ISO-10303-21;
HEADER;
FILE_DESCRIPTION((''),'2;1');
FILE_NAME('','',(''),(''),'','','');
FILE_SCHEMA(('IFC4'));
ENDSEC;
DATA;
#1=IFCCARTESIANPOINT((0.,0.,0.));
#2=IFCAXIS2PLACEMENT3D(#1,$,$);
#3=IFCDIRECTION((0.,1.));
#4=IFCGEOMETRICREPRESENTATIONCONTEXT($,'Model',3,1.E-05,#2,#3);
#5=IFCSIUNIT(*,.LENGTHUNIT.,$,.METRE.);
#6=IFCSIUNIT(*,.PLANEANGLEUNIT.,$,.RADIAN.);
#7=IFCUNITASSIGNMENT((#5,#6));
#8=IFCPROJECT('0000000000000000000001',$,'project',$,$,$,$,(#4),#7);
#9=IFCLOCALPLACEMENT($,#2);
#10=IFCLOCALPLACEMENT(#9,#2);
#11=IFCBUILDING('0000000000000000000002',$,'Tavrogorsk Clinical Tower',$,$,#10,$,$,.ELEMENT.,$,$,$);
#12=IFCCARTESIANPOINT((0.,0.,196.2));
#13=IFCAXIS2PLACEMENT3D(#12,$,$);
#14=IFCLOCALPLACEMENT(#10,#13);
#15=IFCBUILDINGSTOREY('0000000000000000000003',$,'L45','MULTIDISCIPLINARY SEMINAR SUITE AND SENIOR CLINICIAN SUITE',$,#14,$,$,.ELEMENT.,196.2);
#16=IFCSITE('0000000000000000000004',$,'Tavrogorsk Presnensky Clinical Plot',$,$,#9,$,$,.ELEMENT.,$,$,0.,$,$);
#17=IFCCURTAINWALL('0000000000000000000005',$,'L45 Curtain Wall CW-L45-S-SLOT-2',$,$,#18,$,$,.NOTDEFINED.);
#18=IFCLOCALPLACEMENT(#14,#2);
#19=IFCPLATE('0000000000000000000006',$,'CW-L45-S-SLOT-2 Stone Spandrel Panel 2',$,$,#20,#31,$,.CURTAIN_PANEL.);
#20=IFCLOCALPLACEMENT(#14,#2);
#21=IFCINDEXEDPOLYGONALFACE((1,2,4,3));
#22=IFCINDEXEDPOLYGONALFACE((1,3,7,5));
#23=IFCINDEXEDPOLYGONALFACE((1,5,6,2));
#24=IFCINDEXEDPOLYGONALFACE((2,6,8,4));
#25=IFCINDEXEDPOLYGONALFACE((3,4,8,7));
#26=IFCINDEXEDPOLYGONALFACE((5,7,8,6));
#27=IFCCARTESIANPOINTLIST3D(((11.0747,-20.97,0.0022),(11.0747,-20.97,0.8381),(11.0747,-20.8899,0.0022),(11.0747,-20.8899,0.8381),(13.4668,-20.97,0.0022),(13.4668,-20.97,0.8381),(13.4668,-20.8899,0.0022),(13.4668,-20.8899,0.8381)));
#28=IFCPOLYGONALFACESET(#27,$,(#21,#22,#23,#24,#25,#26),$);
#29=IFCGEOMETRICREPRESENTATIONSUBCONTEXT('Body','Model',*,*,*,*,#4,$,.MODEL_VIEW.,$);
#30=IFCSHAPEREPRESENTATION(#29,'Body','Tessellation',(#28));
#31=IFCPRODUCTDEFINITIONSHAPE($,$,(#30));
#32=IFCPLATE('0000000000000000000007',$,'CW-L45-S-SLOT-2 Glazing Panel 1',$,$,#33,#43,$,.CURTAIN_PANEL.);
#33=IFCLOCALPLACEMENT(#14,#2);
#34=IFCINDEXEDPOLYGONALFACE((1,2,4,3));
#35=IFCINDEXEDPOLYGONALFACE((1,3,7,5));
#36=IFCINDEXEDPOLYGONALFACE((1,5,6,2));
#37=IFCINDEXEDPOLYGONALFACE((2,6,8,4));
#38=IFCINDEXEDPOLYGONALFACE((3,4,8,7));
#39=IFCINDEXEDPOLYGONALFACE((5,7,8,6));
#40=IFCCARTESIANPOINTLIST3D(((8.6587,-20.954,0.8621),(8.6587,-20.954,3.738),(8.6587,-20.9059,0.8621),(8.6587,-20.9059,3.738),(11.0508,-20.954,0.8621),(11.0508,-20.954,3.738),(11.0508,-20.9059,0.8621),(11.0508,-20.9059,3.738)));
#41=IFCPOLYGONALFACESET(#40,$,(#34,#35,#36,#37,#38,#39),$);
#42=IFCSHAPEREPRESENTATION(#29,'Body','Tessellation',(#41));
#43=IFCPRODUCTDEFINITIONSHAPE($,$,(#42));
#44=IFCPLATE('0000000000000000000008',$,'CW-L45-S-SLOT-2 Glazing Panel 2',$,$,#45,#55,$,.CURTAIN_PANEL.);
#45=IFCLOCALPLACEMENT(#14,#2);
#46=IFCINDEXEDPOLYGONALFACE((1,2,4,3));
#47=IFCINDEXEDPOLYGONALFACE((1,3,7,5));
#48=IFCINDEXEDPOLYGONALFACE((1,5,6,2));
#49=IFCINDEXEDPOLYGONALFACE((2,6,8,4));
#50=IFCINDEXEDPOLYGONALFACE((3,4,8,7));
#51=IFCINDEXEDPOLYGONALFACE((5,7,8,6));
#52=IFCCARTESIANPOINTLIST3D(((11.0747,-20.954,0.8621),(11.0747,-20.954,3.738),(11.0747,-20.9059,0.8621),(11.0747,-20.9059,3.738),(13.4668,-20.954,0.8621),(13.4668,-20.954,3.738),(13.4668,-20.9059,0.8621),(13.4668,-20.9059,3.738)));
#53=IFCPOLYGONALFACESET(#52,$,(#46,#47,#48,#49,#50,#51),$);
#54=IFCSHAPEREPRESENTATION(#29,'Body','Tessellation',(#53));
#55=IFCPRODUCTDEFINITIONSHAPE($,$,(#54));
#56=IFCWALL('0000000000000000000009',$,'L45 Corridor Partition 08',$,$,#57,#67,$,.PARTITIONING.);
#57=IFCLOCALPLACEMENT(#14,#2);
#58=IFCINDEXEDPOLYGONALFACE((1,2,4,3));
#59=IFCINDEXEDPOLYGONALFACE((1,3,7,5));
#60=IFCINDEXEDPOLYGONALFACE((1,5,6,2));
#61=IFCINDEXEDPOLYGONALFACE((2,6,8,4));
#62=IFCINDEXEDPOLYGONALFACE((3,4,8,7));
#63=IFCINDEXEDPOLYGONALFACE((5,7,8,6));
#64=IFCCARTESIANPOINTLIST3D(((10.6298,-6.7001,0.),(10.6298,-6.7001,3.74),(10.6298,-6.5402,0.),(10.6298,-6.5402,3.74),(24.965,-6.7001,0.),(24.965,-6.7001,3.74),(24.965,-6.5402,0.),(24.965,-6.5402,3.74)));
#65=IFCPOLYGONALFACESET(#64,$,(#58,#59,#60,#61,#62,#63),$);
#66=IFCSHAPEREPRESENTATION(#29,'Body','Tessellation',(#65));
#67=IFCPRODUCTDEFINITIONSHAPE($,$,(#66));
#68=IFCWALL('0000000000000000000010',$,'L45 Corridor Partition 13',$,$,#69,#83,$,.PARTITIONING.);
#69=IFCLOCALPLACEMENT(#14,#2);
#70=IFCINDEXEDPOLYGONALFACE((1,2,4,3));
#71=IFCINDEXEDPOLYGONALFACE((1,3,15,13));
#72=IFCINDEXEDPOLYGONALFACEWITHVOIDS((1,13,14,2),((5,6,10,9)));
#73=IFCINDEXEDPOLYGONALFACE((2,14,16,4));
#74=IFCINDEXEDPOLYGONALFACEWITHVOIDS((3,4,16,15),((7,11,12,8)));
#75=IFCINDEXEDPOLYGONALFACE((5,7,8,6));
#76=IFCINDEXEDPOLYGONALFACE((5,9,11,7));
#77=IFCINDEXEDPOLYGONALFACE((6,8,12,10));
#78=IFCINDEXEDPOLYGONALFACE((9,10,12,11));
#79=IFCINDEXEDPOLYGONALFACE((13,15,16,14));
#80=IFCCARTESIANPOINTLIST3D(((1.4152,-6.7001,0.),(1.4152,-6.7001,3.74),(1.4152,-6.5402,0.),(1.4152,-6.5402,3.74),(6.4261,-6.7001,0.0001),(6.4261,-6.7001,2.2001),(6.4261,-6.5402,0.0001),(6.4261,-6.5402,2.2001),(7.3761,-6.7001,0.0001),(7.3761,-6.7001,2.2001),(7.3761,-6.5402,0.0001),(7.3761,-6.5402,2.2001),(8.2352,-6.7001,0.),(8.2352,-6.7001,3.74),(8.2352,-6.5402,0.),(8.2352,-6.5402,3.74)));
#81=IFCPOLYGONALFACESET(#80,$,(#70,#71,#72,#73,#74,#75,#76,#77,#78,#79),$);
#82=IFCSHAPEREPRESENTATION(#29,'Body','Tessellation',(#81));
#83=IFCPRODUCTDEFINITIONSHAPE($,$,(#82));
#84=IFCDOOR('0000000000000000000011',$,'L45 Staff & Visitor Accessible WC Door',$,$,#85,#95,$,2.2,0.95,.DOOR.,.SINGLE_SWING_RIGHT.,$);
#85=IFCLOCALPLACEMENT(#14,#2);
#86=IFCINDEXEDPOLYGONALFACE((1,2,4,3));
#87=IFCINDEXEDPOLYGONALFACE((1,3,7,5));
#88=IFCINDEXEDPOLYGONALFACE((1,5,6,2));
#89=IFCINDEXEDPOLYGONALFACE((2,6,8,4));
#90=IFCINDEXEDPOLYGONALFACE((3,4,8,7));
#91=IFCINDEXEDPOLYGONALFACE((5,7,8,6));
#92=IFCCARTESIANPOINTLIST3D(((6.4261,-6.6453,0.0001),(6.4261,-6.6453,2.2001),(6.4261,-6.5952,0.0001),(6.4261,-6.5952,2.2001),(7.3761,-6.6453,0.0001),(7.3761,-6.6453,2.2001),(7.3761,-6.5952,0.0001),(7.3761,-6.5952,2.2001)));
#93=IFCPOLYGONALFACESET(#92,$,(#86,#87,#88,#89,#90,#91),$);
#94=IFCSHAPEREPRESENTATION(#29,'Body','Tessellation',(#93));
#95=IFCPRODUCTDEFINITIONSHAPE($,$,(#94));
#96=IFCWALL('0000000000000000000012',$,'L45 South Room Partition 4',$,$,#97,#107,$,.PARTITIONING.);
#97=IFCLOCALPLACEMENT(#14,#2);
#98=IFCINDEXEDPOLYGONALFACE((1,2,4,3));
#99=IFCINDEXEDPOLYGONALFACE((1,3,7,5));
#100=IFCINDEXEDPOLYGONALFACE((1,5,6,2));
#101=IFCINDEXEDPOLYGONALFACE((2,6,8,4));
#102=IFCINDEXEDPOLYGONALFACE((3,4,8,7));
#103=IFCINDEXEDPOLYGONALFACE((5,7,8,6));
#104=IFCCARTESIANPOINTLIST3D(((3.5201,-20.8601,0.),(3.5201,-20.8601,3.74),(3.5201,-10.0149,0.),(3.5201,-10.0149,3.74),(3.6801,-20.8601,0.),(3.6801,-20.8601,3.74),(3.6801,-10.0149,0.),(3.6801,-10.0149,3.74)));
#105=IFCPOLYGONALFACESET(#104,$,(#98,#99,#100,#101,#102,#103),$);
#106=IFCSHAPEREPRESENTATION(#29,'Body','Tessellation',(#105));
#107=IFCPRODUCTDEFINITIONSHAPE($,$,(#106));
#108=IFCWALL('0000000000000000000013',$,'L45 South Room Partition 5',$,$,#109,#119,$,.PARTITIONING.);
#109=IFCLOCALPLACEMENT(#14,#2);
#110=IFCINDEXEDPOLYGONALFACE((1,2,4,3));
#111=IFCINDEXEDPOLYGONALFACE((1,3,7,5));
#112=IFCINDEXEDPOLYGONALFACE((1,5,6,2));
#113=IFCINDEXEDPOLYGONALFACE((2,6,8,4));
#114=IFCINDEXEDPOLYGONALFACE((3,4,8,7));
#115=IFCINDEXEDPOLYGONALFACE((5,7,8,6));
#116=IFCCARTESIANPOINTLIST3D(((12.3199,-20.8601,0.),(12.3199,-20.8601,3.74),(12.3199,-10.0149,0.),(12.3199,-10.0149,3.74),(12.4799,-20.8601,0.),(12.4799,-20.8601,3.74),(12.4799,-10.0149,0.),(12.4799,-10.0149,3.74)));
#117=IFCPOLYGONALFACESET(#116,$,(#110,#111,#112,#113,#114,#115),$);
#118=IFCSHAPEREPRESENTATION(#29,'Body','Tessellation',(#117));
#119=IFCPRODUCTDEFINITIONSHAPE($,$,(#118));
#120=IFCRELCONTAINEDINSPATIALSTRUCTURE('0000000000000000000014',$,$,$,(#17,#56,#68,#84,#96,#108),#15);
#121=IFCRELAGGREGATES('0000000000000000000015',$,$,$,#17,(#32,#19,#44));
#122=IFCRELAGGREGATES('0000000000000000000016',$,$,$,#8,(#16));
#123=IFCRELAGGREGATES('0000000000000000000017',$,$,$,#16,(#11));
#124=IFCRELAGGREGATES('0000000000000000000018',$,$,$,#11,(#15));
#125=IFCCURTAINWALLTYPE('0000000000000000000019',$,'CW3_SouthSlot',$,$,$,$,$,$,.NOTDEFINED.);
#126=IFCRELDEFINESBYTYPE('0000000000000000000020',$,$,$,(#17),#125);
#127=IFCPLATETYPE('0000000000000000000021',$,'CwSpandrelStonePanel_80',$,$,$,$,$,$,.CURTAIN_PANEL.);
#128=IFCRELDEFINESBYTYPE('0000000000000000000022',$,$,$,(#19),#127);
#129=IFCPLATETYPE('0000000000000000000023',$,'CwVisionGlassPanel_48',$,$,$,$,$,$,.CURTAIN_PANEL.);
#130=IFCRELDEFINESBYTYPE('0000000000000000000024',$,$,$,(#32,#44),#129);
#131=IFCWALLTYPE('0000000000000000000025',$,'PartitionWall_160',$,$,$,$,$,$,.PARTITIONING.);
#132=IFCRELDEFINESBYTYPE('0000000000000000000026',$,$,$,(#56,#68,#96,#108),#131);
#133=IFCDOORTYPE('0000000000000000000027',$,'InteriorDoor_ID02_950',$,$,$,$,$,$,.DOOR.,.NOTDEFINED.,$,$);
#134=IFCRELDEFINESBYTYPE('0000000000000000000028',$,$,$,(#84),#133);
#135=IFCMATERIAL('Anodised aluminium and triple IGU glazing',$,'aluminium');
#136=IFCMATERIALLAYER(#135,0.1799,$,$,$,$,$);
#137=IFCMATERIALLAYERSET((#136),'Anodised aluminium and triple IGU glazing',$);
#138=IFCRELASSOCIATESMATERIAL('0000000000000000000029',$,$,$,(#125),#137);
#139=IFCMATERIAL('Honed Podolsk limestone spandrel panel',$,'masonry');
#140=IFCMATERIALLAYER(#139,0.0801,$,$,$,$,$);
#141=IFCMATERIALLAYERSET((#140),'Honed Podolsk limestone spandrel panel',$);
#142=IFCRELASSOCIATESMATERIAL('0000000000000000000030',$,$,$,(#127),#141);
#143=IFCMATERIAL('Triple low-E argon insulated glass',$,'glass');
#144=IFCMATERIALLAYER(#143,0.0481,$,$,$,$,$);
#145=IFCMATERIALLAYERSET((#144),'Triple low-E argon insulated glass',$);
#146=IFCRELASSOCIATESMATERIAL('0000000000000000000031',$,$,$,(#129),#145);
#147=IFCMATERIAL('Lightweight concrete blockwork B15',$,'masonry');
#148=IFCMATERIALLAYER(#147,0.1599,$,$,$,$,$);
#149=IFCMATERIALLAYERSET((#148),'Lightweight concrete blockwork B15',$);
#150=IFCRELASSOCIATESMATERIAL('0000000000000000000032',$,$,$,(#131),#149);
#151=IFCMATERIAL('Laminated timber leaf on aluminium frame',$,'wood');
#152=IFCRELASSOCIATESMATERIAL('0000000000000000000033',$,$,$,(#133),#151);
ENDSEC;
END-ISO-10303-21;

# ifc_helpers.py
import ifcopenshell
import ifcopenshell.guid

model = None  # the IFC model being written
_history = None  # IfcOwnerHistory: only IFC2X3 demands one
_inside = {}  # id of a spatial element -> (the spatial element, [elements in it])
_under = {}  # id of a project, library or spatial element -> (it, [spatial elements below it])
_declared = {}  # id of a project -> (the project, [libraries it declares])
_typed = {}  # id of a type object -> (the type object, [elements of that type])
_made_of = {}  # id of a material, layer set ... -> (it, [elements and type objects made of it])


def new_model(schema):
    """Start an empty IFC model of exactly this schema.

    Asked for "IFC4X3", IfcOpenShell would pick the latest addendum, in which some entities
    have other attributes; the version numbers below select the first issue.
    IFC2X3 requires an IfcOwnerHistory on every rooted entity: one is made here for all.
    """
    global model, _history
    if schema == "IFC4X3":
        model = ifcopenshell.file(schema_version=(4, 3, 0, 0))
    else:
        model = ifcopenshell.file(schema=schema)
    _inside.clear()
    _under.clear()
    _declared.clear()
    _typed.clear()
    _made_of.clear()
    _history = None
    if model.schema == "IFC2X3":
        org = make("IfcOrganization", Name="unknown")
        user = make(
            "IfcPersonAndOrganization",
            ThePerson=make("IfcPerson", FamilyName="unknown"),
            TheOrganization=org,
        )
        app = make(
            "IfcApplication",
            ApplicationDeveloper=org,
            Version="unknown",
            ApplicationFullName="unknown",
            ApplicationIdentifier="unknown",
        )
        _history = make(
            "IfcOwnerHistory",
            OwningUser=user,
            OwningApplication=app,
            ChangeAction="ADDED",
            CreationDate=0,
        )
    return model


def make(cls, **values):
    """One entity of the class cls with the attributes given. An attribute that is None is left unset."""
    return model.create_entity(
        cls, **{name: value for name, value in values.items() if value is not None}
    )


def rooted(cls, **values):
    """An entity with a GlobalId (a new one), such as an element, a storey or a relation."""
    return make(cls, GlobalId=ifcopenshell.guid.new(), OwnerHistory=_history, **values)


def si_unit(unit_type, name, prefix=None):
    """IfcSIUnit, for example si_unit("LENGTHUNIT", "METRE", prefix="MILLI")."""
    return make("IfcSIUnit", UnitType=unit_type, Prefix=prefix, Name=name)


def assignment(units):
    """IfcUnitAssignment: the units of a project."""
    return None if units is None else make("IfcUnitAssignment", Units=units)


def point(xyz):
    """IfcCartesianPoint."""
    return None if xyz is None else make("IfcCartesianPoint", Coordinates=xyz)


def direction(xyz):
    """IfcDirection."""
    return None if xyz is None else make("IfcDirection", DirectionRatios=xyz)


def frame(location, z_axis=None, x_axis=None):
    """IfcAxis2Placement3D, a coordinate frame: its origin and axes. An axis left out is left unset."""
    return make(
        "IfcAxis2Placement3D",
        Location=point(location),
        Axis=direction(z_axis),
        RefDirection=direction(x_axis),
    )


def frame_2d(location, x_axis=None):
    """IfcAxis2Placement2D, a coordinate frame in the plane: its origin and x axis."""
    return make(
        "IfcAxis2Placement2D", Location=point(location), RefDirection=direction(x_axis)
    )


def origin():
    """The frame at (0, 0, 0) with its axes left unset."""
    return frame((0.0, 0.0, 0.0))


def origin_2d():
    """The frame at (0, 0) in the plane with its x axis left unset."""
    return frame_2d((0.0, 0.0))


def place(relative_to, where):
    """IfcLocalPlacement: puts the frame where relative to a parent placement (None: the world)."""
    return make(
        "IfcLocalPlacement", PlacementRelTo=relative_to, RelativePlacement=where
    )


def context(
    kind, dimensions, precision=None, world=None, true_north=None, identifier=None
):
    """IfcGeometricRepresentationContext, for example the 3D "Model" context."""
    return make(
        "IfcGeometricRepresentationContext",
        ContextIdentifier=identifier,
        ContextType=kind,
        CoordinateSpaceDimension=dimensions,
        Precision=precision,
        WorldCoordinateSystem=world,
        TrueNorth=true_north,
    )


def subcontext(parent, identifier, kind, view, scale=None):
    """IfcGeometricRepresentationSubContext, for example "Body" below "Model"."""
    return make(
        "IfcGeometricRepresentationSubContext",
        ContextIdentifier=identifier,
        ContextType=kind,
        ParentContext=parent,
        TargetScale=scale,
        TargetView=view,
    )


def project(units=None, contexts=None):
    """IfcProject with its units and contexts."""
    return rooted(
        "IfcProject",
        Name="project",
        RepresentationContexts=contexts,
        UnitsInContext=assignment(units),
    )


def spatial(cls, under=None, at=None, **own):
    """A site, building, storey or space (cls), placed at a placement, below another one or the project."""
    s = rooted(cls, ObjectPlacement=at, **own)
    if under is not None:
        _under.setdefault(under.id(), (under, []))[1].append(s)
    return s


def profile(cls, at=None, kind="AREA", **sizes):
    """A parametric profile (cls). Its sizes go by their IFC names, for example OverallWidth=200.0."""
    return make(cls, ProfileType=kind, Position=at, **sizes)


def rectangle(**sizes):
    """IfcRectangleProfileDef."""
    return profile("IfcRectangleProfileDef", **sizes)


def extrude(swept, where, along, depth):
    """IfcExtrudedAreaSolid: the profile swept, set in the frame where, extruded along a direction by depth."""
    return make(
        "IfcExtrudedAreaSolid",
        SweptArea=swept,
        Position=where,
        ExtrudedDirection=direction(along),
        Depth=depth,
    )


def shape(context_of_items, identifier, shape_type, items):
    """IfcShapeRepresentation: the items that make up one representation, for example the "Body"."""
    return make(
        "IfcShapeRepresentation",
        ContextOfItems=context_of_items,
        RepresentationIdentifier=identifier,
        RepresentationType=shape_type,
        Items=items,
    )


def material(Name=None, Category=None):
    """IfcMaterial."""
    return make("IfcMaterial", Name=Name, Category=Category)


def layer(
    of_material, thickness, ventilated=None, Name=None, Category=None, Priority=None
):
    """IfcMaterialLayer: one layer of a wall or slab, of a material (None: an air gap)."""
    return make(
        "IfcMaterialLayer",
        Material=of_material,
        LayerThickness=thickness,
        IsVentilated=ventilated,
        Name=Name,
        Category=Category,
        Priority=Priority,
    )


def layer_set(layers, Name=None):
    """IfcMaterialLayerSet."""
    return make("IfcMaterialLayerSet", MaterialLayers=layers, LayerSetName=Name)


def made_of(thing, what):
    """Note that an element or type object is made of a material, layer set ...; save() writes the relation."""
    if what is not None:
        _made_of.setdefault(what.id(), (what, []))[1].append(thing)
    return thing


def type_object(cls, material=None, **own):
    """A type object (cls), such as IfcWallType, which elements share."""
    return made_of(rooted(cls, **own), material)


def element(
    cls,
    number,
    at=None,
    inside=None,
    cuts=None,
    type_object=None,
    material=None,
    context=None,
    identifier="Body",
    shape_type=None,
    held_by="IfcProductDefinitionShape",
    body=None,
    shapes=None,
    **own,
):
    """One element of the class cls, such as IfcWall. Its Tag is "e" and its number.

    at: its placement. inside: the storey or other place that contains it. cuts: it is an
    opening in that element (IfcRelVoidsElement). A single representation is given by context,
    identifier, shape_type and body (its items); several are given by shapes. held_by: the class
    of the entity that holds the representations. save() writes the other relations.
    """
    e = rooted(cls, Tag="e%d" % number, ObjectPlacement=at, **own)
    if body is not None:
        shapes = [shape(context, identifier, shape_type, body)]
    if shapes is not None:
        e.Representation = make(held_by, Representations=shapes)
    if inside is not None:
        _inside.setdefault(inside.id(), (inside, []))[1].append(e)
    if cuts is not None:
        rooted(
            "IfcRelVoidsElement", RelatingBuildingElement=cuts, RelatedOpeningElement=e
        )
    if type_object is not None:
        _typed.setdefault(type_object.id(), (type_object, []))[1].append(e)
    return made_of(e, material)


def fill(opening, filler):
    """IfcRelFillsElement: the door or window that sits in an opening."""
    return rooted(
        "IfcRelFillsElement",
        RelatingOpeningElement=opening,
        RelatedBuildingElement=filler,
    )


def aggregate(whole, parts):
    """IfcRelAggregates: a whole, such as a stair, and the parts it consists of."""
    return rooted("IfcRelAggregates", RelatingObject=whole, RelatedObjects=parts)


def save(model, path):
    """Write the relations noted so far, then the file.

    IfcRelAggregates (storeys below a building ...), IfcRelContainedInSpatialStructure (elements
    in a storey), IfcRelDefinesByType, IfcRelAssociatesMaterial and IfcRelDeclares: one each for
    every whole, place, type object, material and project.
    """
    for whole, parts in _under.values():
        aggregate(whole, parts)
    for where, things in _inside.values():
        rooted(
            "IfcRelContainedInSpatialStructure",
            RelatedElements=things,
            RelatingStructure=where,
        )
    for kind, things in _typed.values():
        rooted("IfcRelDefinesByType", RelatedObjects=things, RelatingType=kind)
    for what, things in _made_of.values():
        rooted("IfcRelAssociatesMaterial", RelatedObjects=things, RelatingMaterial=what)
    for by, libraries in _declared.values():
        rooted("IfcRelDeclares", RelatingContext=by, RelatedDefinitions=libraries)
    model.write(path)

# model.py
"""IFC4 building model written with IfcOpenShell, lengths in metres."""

from ifc_helpers import new_model, si_unit, direction, frame, frame_2d, origin, origin_2d, place, context, subcontext, project, spatial, rectangle, extrude, material, layer, layer_set, type_object, element, fill, aggregate, save


model = new_model("IFC4")

# Units and contexts
model_context = context("Model", 3, precision=1e-05, world=origin(), true_north=direction((0.0, 1.0)))
body_context = subcontext(model_context, "Body", "Model", "MODEL_VIEW")
ifc_project = project(units=[si_unit("LENGTHUNIT", "METRE"), si_unit("PLANEANGLEUNIT", "RADIAN")], contexts=[model_context])

# Site, building, storey
site_placement = place(None, origin())
site = spatial("IfcSite", under=ifc_project, at=site_placement, Name="Tavrogorsk Presnensky Clinical Plot", CompositionType="ELEMENT", RefElevation=0.0)
building_placement = place(site_placement, origin())
building = spatial("IfcBuilding", under=site, at=building_placement, Name="Tavrogorsk Clinical Tower", CompositionType="ELEMENT")
storey_placement = place(building_placement, frame((0.0, 0.0, 196.2)))
storey = spatial("IfcBuildingStorey", under=building, at=storey_placement, Name="L45", Description="MULTIDISCIPLINARY SEMINAR SUITE AND SENIOR CLINICIAN SUITE", CompositionType="ELEMENT", Elevation=196.2)

# Curtain wall
ifc_material_1 = material(Name="Anodised aluminium and triple IGU glazing", Category="aluminium")
ifc_layer_1 = layer(ifc_material_1, 0.1799)
ifc_layer_set_1 = layer_set([ifc_layer_1], Name="Anodised aluminium and triple IGU glazing")
curtain_wall_type = type_object("IfcCurtainWallType", Name="CW3_SouthSlot", PredefinedType="NOTDEFINED", material=ifc_layer_set_1)
curtain_wall_placement = place(storey_placement, origin())
curtain_wall = element("IfcCurtainWall", 1, at=curtain_wall_placement, inside=storey, type_object=curtain_wall_type, Name="L45 Curtain Wall CW-L45-S-SLOT-2", PredefinedType="NOTDEFINED")

# Plates
ifc_material_2 = material(Name="Honed Podolsk limestone spandrel panel", Category="masonry")
ifc_layer_2 = layer(ifc_material_2, 0.0801)
ifc_layer_set_2 = layer_set([ifc_layer_2], Name="Honed Podolsk limestone spandrel panel")
plate_type_1 = type_object("IfcPlateType", Name="CwSpandrelStonePanel_80", PredefinedType="CURTAIN_PANEL", material=ifc_layer_set_2)
plate_1_placement = place(storey_placement, frame((12.2708, -20.9299, 0.0022), z_axis=(0.0, 0.0, 1.0), x_axis=(1.0, 0.0, 0.0)))
plate_1 = element("IfcPlate", 2, at=plate_1_placement, type_object=plate_type_1, Name="CW-L45-S-SLOT-2 Stone Spandrel Panel 2", PredefinedType="CURTAIN_PANEL", context=body_context, shape_type="SweptSolid", body=[
    extrude(rectangle(XDim=2.3921, YDim=0.0801, at=origin_2d()), origin(), (0.0, 0.0, 1.0), 0.8359),
])
ifc_material_3 = material(Name="Triple low-E argon insulated glass", Category="glass")
ifc_layer_3 = layer(ifc_material_3, 0.0481)
ifc_layer_set_3 = layer_set([ifc_layer_3], Name="Triple low-E argon insulated glass")
plate_type_2 = type_object("IfcPlateType", Name="CwVisionGlassPanel_48", PredefinedType="CURTAIN_PANEL", material=ifc_layer_set_3)
plate_2_placement = place(storey_placement, frame((9.8547, -20.9299, 0.8621), z_axis=(0.0, 0.0, 1.0), x_axis=(1.0, 0.0, 0.0)))
plate_2 = element("IfcPlate", 3, at=plate_2_placement, type_object=plate_type_2, Name="CW-L45-S-SLOT-2 Glazing Panel 1", PredefinedType="CURTAIN_PANEL", context=body_context, shape_type="SweptSolid", body=[
    extrude(rectangle(XDim=2.3921, YDim=0.0481, at=origin_2d()), origin(), (0.0, 0.0, 1.0), 2.876),
])
plate_3_placement = place(storey_placement, frame((12.2708, -20.9299, 0.8621), z_axis=(0.0, 0.0, 1.0), x_axis=(1.0, 0.0, 0.0)))
plate_3 = element("IfcPlate", 4, at=plate_3_placement, type_object=plate_type_2, Name="CW-L45-S-SLOT-2 Glazing Panel 2", PredefinedType="CURTAIN_PANEL", context=body_context, shape_type="SweptSolid", body=[
    extrude(rectangle(XDim=2.3921, YDim=0.0481, at=origin_2d()), origin(), (0.0, 0.0, 1.0), 2.876),
])
aggregate(curtain_wall, [plate_2, plate_1, plate_3])

# Wall
ifc_material_4 = material(Name="Lightweight concrete blockwork B15", Category="masonry")
ifc_layer_4 = layer(ifc_material_4, 0.1599)
ifc_layer_set_4 = layer_set([ifc_layer_4], Name="Lightweight concrete blockwork B15")
wall_type_1 = type_object("IfcWallType", Name="PartitionWall_160", PredefinedType="PARTITIONING", material=ifc_layer_set_4)
wall_1_placement = place(storey_placement, frame((10.6299, -6.6201, 0.0), z_axis=(0.0, 0.0, 1.0), x_axis=(1.0, 0.0, 0.0)))
element("IfcWall", 5, at=wall_1_placement, inside=storey, type_object=wall_type_1, Name="L45 Corridor Partition 08", PredefinedType="PARTITIONING", context=body_context, shape_type="SweptSolid", body=[
    extrude(rectangle(XDim=14.3352, YDim=0.1599, at=frame_2d((7.1675, 0.0))), origin(), (0.0, 0.0, 1.0), 3.74),
])

# Wall, opening, door
wall_2_placement = place(storey_placement, frame((1.415, -6.6201, 0.0), z_axis=(0.0, 0.0, 1.0), x_axis=(1.0, 0.0, 0.0)))
wall_2 = element("IfcWall", 6, at=wall_2_placement, inside=storey, type_object=wall_type_1, Name="L45 Corridor Partition 13", PredefinedType="PARTITIONING", context=body_context, shape_type="SweptSolid", body=[
    extrude(rectangle(XDim=6.8201, YDim=0.1599, at=frame_2d((3.4102, 0.0))), origin(), (0.0, 0.0, 1.0), 3.74),
])
opening_1_placement = place(wall_2_placement, frame((5.011, 0.0, 0.0)))
opening_1 = element("IfcOpeningElement", 7, at=opening_1_placement, cuts=wall_2, PredefinedType="OPENING", context=body_context, shape_type="SweptSolid", body=[
    extrude(rectangle(XDim=0.95, YDim=2.2, at=frame_2d((0.4751, 1.1001))), frame((0.0, 0.0898, 0.0), z_axis=(0.0, -1.0, 0.0), x_axis=(1.0, 0.0, 0.0)), (0.0, 0.0, 1.0), 0.1799),
])
ifc_material_5 = material(Name="Laminated timber leaf on aluminium frame", Category="wood")
door_type = type_object("IfcDoorType", Name="InteriorDoor_ID02_950", OperationType="NOTDEFINED", PredefinedType="DOOR", material=ifc_material_5)
door_placement = place(opening_1_placement, origin())
door = element("IfcDoor", 8, at=door_placement, inside=storey, type_object=door_type, Name="L45 Staff & Visitor Accessible WC Door", OperationType="SINGLE_SWING_RIGHT", OverallHeight=2.2, OverallWidth=0.95, PredefinedType="DOOR", context=body_context, shape_type="SweptSolid", body=[
    extrude(rectangle(XDim=0.95, YDim=2.2, at=frame_2d((0.4751, 1.1001))), frame((0.0, 0.0249, 0.0), z_axis=(0.0, -1.0, 0.0), x_axis=(1.0, 0.0, 0.0)), (0.0, 0.0, 1.0), 0.05),
])
fill(opening_1, door)

# Walls
for number, where, z_axis, x_axis, name in (
    (9, (3.6001, -20.8601, 0.0), (0.0, 0.0, 1.0), (0.0, 1.0, 0.0), "L45 South Room Partition 4"),
    (10, (12.3999, -20.8601, 0.0), (0.0, 0.0, 1.0), (0.0, 1.0, 0.0), "L45 South Room Partition 5"),
):
    element("IfcWall", number, at=place(storey_placement, frame(where, z_axis=z_axis, x_axis=x_axis)), inside=storey, type_object=wall_type_1, Name=name, PredefinedType="PARTITIONING", context=body_context, shape_type="SweptSolid", body=[
        extrude(rectangle(XDim=10.8452, YDim=0.1599, at=frame_2d((5.4226, 0.0))), origin(), (0.0, 0.0, 1.0), 3.74),
    ])

save(model, "model.ifc")
